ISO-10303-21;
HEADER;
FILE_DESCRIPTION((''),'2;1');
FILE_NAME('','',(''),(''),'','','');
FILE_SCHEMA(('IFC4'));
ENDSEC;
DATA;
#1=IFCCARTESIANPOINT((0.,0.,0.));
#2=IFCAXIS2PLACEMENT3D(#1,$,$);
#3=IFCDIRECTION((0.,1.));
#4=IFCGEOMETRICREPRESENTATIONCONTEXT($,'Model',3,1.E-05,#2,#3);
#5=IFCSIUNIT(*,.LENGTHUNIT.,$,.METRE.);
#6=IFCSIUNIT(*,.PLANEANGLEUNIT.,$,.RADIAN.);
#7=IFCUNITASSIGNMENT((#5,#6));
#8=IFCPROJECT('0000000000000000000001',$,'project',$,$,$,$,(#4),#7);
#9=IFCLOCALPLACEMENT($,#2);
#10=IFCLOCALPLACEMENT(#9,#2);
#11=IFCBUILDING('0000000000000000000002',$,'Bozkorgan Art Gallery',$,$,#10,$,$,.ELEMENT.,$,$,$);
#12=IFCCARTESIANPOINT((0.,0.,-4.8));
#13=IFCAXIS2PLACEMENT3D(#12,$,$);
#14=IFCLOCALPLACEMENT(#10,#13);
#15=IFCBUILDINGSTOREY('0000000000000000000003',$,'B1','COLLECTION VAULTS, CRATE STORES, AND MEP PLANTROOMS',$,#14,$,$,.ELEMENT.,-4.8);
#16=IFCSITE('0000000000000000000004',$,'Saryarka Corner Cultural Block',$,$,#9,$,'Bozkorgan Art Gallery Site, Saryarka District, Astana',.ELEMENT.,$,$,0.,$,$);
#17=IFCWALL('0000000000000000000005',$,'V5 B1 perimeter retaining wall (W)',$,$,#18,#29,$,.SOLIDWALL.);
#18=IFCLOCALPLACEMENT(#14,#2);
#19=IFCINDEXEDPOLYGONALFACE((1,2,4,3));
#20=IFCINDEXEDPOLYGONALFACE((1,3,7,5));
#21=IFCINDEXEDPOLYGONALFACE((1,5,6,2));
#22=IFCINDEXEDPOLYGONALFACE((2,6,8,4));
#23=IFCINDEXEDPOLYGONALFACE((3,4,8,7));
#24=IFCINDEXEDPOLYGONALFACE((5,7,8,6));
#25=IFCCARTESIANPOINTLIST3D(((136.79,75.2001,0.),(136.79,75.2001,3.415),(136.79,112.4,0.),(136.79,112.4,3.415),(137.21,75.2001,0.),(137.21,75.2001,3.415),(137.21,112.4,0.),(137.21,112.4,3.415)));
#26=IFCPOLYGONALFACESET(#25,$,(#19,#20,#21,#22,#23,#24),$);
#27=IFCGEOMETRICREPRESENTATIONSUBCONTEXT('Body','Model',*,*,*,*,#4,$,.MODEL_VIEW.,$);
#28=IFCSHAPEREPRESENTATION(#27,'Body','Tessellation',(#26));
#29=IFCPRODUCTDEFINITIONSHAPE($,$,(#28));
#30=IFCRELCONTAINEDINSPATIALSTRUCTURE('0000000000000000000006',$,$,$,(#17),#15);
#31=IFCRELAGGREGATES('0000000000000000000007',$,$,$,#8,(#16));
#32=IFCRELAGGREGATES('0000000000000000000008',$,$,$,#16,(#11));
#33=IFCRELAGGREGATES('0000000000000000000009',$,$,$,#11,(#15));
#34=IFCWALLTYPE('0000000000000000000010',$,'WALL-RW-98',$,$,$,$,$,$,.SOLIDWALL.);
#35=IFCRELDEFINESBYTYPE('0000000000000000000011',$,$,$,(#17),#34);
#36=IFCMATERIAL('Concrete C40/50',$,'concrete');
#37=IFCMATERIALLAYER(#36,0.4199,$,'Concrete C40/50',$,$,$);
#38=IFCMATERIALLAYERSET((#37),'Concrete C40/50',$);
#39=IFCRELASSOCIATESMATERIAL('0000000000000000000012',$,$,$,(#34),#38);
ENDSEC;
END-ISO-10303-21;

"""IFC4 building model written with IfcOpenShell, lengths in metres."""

from ifc_helpers import new_model, si_unit, direction, frame, frame_2d, origin, place, context, subcontext, project, spatial, rectangle, extrude, material, layer, layer_set, type_object, element, save


model = new_model("IFC4")

# Units and contexts
model_context = context("Model", 3, precision=1e-05, world=origin(), true_north=direction((0.0, 1.0)))
body_context = subcontext(model_context, "Body", "Model", "MODEL_VIEW")
ifc_project = project(units=[si_unit("LENGTHUNIT", "METRE"), si_unit("PLANEANGLEUNIT", "RADIAN")], contexts=[model_context])

# Site, building, storey
site_placement = place(None, origin())
site = spatial("IfcSite", under=ifc_project, at=site_placement, Name="Saryarka Corner Cultural Block", LongName="Bozkorgan Art Gallery Site, Saryarka District, Astana", CompositionType="ELEMENT", RefElevation=0.0)
building_placement = place(site_placement, origin())
building = spatial("IfcBuilding", under=site, at=building_placement, Name="Bozkorgan Art Gallery", CompositionType="ELEMENT")
storey_placement = place(building_placement, frame((0.0, 0.0, -4.8)))
storey = spatial("IfcBuildingStorey", under=building, at=storey_placement, Name="B1", Description="COLLECTION VAULTS, CRATE STORES, AND MEP PLANTROOMS", CompositionType="ELEMENT", Elevation=-4.8)

# Shared definitions
ifc_material_1 = material(Name="Concrete C40/50", Category="concrete")

# Wall
ifc_layer_1 = layer(ifc_material_1, 0.4199, Name="Concrete C40/50")
ifc_layer_set_1 = layer_set([ifc_layer_1], Name="Concrete C40/50")
wall_type_1 = type_object("IfcWallType", Name="WALL-RW-98", PredefinedType="SOLIDWALL", material=ifc_layer_set_1)
wall_1_placement = place(storey_placement, frame((137.0, 75.2, 0.0), z_axis=(0.0, 0.0, 1.0), x_axis=(0.0, 1.0, 0.0)))
element("IfcWall", 1, at=wall_1_placement, inside=storey, type_object=wall_type_1, Name="V5 B1 perimeter retaining wall (W)", PredefinedType="SOLIDWALL", context=body_context, shape_type="SweptSolid", body=[
    extrude(rectangle(XDim=37.2, YDim=0.4199, at=frame_2d((18.6001, 0.0))), origin(), (0.0, 0.0, 1.0), 3.415),
])

save(model, "model.ifc")
